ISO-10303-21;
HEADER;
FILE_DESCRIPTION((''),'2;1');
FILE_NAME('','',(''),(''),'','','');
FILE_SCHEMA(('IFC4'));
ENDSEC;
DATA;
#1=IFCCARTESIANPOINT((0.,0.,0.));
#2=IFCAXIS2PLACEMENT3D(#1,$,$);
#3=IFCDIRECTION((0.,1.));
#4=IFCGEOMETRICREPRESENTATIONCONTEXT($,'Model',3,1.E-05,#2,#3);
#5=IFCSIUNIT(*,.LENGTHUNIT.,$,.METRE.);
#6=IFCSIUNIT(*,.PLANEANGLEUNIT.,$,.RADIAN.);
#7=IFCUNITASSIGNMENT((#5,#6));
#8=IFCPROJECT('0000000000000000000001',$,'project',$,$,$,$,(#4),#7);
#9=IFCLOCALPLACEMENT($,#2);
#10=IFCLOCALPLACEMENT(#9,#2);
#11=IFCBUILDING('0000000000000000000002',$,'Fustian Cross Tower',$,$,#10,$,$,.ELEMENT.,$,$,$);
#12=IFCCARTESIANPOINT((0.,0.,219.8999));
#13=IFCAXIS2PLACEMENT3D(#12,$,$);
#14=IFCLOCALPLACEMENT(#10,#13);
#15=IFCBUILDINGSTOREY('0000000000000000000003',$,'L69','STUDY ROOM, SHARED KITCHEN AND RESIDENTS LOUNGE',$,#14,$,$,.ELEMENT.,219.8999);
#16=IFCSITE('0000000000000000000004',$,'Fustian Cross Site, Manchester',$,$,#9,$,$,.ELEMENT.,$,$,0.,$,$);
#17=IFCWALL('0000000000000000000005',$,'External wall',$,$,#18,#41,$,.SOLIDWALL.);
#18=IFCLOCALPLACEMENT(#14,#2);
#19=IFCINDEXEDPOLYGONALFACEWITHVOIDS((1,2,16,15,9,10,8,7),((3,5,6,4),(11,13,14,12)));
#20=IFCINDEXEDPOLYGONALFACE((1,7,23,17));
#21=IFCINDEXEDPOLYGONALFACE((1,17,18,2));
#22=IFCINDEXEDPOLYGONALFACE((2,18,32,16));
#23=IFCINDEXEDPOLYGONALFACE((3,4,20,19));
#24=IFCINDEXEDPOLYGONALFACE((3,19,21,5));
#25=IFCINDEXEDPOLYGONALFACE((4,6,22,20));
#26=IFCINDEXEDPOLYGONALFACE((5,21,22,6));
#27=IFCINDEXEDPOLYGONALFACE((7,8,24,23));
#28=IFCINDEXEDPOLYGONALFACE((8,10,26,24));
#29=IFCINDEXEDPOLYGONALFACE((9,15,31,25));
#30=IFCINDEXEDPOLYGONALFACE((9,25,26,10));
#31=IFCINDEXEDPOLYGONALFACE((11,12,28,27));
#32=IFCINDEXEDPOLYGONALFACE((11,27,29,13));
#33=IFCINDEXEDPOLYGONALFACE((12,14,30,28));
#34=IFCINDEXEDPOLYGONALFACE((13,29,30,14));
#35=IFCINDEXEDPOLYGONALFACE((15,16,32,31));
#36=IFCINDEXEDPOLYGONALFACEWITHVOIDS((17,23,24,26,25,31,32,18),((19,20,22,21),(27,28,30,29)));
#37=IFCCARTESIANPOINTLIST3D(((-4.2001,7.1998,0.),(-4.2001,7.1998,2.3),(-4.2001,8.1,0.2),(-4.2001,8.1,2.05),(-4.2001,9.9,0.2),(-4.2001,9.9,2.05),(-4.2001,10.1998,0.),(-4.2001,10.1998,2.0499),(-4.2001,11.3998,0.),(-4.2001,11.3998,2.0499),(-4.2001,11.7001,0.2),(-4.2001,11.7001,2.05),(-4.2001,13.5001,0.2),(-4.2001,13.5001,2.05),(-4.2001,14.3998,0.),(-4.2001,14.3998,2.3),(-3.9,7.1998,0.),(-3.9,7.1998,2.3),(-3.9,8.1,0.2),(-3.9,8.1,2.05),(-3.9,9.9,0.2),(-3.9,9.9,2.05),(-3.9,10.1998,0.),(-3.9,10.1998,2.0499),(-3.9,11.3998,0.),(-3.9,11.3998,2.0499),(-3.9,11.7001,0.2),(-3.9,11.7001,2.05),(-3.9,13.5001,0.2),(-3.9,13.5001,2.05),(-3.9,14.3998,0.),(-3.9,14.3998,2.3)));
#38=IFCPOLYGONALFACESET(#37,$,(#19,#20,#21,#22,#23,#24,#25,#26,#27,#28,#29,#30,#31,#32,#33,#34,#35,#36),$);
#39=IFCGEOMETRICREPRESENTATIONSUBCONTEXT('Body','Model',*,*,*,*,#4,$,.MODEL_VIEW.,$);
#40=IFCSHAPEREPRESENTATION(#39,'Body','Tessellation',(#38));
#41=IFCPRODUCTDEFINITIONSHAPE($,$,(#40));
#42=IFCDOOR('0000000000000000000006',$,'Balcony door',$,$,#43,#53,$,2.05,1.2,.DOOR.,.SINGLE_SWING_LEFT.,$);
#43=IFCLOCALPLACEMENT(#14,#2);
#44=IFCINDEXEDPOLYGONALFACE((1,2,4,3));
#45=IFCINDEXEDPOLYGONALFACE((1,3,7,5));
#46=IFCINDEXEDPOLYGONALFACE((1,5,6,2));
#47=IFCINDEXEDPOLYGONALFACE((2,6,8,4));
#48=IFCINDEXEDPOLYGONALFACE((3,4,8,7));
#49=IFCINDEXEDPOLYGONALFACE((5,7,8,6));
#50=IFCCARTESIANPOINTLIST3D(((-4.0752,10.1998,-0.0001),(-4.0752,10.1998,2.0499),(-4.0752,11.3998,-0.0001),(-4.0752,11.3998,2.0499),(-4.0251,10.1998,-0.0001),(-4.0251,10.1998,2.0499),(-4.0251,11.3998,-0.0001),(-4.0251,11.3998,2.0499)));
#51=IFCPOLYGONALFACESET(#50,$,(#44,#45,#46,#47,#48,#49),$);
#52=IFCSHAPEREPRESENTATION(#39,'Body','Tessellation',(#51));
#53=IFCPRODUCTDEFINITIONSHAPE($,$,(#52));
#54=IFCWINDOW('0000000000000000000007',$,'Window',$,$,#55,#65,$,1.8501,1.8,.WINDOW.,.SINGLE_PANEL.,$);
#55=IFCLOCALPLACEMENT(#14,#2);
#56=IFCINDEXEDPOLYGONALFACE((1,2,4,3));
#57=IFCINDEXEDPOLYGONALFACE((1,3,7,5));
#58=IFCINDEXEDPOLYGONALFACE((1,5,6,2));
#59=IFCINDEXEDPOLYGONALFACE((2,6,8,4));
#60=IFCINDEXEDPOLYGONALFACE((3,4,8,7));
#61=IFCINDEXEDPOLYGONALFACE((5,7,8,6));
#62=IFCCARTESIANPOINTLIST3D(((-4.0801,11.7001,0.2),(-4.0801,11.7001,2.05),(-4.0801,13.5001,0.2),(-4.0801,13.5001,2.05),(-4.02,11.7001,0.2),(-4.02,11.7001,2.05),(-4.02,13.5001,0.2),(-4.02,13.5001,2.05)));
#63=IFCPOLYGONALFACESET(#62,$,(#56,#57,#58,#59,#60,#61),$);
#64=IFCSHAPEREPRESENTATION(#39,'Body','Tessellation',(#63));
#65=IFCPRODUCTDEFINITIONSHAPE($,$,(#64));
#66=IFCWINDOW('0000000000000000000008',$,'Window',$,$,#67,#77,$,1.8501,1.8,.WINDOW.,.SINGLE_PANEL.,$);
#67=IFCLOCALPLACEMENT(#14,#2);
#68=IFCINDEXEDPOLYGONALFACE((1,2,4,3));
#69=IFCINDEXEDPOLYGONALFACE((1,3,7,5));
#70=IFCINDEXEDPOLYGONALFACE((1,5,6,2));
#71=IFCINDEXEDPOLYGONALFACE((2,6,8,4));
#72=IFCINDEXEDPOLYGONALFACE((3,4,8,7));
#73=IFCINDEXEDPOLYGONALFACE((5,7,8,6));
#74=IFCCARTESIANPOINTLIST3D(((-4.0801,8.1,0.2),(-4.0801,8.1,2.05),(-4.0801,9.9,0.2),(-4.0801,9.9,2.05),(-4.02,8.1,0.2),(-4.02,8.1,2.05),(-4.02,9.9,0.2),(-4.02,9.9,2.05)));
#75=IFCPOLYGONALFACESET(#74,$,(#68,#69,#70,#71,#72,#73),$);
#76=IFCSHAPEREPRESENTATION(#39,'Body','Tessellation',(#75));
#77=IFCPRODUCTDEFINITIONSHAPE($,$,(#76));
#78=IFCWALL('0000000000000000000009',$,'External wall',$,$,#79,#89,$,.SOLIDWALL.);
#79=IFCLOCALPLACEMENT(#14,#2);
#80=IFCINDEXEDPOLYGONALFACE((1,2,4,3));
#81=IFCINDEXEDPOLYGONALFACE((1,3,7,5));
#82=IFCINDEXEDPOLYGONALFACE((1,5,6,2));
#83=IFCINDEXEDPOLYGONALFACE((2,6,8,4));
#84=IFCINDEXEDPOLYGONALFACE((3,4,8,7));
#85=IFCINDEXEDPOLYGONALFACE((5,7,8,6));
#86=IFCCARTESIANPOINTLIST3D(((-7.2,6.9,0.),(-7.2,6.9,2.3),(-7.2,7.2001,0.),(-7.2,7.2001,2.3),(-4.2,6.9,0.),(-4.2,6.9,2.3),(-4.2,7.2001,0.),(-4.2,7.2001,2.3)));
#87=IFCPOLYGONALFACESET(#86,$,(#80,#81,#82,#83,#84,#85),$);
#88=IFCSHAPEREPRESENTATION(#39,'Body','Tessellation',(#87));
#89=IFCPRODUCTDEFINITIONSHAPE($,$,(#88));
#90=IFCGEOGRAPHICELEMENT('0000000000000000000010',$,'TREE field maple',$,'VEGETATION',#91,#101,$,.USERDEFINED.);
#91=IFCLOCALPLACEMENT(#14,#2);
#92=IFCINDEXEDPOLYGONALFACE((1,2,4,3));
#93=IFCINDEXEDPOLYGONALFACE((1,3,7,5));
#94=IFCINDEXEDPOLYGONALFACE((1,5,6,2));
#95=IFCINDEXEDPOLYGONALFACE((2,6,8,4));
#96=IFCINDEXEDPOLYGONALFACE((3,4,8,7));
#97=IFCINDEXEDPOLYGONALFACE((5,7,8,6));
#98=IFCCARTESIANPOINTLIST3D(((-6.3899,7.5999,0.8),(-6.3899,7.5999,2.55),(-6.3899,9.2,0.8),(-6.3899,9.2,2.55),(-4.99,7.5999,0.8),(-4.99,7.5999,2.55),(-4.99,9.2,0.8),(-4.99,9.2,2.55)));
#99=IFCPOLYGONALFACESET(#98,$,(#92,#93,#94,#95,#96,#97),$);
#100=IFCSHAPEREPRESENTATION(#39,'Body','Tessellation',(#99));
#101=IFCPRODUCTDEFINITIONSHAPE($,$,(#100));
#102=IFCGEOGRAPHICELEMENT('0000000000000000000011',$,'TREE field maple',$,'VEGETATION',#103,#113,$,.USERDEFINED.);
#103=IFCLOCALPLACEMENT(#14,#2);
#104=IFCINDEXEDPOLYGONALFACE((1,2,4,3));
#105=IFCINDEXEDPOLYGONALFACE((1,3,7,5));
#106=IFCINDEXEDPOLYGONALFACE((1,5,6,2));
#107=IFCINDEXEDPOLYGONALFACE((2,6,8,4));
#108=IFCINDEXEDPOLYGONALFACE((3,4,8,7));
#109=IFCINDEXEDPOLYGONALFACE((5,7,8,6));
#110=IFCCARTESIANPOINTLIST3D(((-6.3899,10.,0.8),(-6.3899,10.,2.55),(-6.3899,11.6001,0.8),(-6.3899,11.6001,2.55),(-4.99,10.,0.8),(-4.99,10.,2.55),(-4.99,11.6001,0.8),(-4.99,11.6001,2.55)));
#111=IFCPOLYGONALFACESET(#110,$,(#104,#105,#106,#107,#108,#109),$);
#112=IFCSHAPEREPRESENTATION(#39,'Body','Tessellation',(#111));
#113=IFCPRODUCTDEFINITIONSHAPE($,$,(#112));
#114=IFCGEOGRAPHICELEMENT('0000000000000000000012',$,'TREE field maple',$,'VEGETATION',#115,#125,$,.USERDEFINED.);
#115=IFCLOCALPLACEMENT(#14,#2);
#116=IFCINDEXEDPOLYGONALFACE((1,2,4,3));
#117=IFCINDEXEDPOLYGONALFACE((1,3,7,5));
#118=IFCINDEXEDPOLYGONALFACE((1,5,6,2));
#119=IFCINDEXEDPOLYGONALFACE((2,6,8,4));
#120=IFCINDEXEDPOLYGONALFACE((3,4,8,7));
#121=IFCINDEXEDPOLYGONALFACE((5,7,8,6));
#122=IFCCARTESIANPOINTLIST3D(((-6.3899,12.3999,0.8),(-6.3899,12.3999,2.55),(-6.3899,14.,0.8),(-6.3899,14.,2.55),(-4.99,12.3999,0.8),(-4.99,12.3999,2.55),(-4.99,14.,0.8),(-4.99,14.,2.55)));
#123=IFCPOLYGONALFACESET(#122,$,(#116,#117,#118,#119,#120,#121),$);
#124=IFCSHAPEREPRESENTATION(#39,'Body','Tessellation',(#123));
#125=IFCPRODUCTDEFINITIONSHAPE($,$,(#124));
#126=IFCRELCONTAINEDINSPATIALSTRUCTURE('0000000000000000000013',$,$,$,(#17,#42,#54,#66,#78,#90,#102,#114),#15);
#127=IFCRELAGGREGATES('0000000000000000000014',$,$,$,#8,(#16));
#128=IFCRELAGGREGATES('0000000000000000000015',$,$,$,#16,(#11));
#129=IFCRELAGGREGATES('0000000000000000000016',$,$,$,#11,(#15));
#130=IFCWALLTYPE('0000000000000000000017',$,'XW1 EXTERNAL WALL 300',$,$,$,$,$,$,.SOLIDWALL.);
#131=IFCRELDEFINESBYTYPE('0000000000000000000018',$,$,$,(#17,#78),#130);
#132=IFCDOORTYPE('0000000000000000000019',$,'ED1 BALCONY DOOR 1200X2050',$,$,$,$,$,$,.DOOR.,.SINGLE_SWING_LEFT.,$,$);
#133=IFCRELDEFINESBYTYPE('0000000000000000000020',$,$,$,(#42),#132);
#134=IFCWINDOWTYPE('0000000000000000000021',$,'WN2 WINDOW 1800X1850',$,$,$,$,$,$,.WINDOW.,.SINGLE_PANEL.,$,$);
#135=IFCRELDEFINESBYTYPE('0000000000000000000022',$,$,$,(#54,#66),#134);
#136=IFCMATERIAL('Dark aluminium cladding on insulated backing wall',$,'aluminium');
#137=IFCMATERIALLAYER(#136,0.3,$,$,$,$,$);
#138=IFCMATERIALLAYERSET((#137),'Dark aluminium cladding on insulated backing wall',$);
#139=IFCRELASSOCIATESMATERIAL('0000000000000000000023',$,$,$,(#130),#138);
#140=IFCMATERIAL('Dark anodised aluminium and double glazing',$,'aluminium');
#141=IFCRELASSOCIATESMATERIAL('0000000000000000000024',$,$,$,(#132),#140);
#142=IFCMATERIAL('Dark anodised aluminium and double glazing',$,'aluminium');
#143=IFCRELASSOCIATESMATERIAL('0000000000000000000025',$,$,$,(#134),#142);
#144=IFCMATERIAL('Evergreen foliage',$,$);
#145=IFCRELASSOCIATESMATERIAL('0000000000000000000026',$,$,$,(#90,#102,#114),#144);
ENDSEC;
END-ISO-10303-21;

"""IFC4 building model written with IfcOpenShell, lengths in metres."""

from ifc_helpers import new_model, si_unit, direction, frame, frame_2d, origin, origin_2d, place, context, subcontext, project, spatial, rectangle, extrude, material, layer, layer_set, type_object, element, fill, save


model = new_model("IFC4")

# Units and contexts
model_context = context("Model", 3, precision=1e-05, world=origin(), true_north=direction((0.0, 1.0)))
body_context = subcontext(model_context, "Body", "Model", "MODEL_VIEW")
ifc_project = project(units=[si_unit("LENGTHUNIT", "METRE"), si_unit("PLANEANGLEUNIT", "RADIAN")], contexts=[model_context])

# Site, building, storey
site_placement = place(None, origin())
site = spatial("IfcSite", under=ifc_project, at=site_placement, Name="Fustian Cross Site, Manchester", CompositionType="ELEMENT", RefElevation=0.0)
building_placement = place(site_placement, origin())
building = spatial("IfcBuilding", under=site, at=building_placement, Name="Fustian Cross Tower", CompositionType="ELEMENT")
storey_placement = place(building_placement, frame((0.0, 0.0, 219.8999)))
storey = spatial("IfcBuildingStorey", under=building, at=storey_placement, Name="L69", Description="STUDY ROOM, SHARED KITCHEN AND RESIDENTS LOUNGE", CompositionType="ELEMENT", Elevation=219.8999)

# Wall, openings, door, windows
ifc_material_1 = material(Name="Dark aluminium cladding on insulated backing wall", Category="aluminium")
ifc_layer_1 = layer(ifc_material_1, 0.3)
ifc_layer_set_1 = layer_set([ifc_layer_1], Name="Dark aluminium cladding on insulated backing wall")
wall_type_1 = type_object("IfcWallType", Name="XW1 EXTERNAL WALL 300", PredefinedType="SOLIDWALL", material=ifc_layer_set_1)
wall_1_placement = place(storey_placement, frame((-4.05, 14.3999, 0.0), z_axis=(0.0, 0.0, 1.0), x_axis=(0.0, -1.0, 0.0)))
wall_1 = element("IfcWall", 1, at=wall_1_placement, inside=storey, type_object=wall_type_1, Name="External wall", PredefinedType="SOLIDWALL", context=body_context, shape_type="SweptSolid", body=[
    extrude(rectangle(XDim=7.2, YDim=0.3, at=frame_2d((3.6001, 0.0))), origin(), (0.0, 0.0, 1.0), 2.3),
])
opening_1_placement = place(wall_1_placement, frame((3.0, 0.0, 0.0)))
opening_1 = element("IfcOpeningElement", 2, at=opening_1_placement, cuts=wall_1, PredefinedType="OPENING", context=body_context, shape_type="SweptSolid", body=[
    extrude(rectangle(XDim=1.2, YDim=2.05, at=frame_2d((0.6001, 1.0249))), frame((0.0, 0.1599, 0.0), z_axis=(0.0, -1.0, 0.0), x_axis=(1.0, 0.0, 0.0)), (0.0, 0.0, 1.0), 0.3201),
])
opening_2_placement = place(wall_1_placement, frame((0.8999, 0.0, 0.2)))
opening_2 = element("IfcOpeningElement", 3, at=opening_2_placement, cuts=wall_1, PredefinedType="OPENING", context=body_context, shape_type="SweptSolid", body=[
    extrude(rectangle(XDim=1.8, YDim=1.8501, at=frame_2d((0.8999, 0.925))), frame((0.0, 0.1599, 0.0), z_axis=(0.0, -1.0, 0.0), x_axis=(1.0, 0.0, 0.0)), (0.0, 0.0, 1.0), 0.3201),
])
opening_3_placement = place(wall_1_placement, frame((4.5, 0.0, 0.2)))
opening_3 = element("IfcOpeningElement", 4, at=opening_3_placement, cuts=wall_1, PredefinedType="OPENING", context=body_context, shape_type="SweptSolid", body=[
    extrude(rectangle(XDim=1.8, YDim=1.8501, at=frame_2d((0.8999, 0.925))), frame((0.0, 0.1599, 0.0), z_axis=(0.0, -1.0, 0.0), x_axis=(1.0, 0.0, 0.0)), (0.0, 0.0, 1.0), 0.3201),
])
ifc_material_2 = material(Name="Dark anodised aluminium and double glazing", Category="aluminium")
door_type_1 = type_object("IfcDoorType", Name="ED1 BALCONY DOOR 1200X2050", OperationType="SINGLE_SWING_LEFT", PredefinedType="DOOR", material=ifc_material_2)
door_1_placement = place(opening_1_placement, origin())
door_1 = element("IfcDoor", 5, at=door_1_placement, inside=storey, type_object=door_type_1, Name="Balcony door", OperationType="SINGLE_SWING_LEFT", OverallHeight=2.05, OverallWidth=1.2, PredefinedType="DOOR", context=body_context, shape_type="SweptSolid", body=[
    extrude(rectangle(XDim=1.2, YDim=2.05, at=frame_2d((0.6001, 1.0249))), frame((0.0, 0.0249, 0.0), z_axis=(0.0, -1.0, 0.0), x_axis=(1.0, 0.0, 0.0)), (0.0, 0.0, 1.0), 0.05),
])
fill(opening_1, door_1)
ifc_material_3 = material(Name="Dark anodised aluminium and double glazing", Category="aluminium")
window_type = type_object("IfcWindowType", Name="WN2 WINDOW 1800X1850", PartitioningType="SINGLE_PANEL", PredefinedType="WINDOW", material=ifc_material_3)
window_1_placement = place(opening_2_placement, origin())
window_1 = element("IfcWindow", 6, at=window_1_placement, inside=storey, type_object=window_type, Name="Window", OverallHeight=1.8501, OverallWidth=1.8, PartitioningType="SINGLE_PANEL", PredefinedType="WINDOW", context=body_context, shape_type="SweptSolid", body=[
    extrude(rectangle(XDim=1.8, YDim=1.8501, at=frame_2d((0.8999, 0.925))), frame((0.0, 0.03, 0.0), z_axis=(0.0, -1.0, 0.0), x_axis=(1.0, 0.0, 0.0)), (0.0, 0.0, 1.0), 0.0601),
])
fill(opening_2, window_1)
window_2_placement = place(opening_3_placement, origin())
window_2 = element("IfcWindow", 7, at=window_2_placement, inside=storey, type_object=window_type, Name="Window", OverallHeight=1.8501, OverallWidth=1.8, PartitioningType="SINGLE_PANEL", PredefinedType="WINDOW", context=body_context, shape_type="SweptSolid", body=[
    extrude(rectangle(XDim=1.8, YDim=1.8501, at=frame_2d((0.8999, 0.925))), frame((0.0, 0.03, 0.0), z_axis=(0.0, -1.0, 0.0), x_axis=(1.0, 0.0, 0.0)), (0.0, 0.0, 1.0), 0.0601),
])
fill(opening_3, window_2)

# Wall
wall_2_placement = place(storey_placement, frame((-4.2, 7.05, 0.0), z_axis=(0.0, 0.0, 1.0), x_axis=(-1.0, 0.0, 0.0)))
element("IfcWall", 8, at=wall_2_placement, inside=storey, type_object=wall_type_1, Name="External wall", PredefinedType="SOLIDWALL", context=body_context, shape_type="SweptSolid", body=[
    extrude(rectangle(XDim=3.0, YDim=0.3, at=frame_2d((1.5, 0.0))), origin(), (0.0, 0.0, 1.0), 2.3),
])

# Geographic elements
ifc_material_4 = material(Name="Evergreen foliage")
for number, where, z_axis, x_axis, name in (
    (9, (-5.6899, 8.3999, 0.8), (0.0, 0.0, 1.0), (1.0, 0.0, 0.0), "TREE field maple"),
    (10, (-5.6899, 10.8, 0.8), (0.0, 0.0, 1.0), (1.0, 0.0, 0.0), "TREE field maple"),
    (11, (-5.6899, 13.2, 0.8), (0.0, 0.0, 1.0), (1.0, 0.0, 0.0), "TREE field maple"),
):
    element("IfcGeographicElement", number, at=place(storey_placement, frame(where, z_axis=z_axis, x_axis=x_axis)), inside=storey, material=ifc_material_4, Name=name, ObjectType="VEGETATION", PredefinedType="USERDEFINED", context=body_context, shape_type="SweptSolid", body=[
        extrude(rectangle(XDim=1.3999, YDim=1.6001, at=origin_2d()), origin(), (0.0, 0.0, 1.0), 1.75),
    ])

save(model, "model.ifc")
